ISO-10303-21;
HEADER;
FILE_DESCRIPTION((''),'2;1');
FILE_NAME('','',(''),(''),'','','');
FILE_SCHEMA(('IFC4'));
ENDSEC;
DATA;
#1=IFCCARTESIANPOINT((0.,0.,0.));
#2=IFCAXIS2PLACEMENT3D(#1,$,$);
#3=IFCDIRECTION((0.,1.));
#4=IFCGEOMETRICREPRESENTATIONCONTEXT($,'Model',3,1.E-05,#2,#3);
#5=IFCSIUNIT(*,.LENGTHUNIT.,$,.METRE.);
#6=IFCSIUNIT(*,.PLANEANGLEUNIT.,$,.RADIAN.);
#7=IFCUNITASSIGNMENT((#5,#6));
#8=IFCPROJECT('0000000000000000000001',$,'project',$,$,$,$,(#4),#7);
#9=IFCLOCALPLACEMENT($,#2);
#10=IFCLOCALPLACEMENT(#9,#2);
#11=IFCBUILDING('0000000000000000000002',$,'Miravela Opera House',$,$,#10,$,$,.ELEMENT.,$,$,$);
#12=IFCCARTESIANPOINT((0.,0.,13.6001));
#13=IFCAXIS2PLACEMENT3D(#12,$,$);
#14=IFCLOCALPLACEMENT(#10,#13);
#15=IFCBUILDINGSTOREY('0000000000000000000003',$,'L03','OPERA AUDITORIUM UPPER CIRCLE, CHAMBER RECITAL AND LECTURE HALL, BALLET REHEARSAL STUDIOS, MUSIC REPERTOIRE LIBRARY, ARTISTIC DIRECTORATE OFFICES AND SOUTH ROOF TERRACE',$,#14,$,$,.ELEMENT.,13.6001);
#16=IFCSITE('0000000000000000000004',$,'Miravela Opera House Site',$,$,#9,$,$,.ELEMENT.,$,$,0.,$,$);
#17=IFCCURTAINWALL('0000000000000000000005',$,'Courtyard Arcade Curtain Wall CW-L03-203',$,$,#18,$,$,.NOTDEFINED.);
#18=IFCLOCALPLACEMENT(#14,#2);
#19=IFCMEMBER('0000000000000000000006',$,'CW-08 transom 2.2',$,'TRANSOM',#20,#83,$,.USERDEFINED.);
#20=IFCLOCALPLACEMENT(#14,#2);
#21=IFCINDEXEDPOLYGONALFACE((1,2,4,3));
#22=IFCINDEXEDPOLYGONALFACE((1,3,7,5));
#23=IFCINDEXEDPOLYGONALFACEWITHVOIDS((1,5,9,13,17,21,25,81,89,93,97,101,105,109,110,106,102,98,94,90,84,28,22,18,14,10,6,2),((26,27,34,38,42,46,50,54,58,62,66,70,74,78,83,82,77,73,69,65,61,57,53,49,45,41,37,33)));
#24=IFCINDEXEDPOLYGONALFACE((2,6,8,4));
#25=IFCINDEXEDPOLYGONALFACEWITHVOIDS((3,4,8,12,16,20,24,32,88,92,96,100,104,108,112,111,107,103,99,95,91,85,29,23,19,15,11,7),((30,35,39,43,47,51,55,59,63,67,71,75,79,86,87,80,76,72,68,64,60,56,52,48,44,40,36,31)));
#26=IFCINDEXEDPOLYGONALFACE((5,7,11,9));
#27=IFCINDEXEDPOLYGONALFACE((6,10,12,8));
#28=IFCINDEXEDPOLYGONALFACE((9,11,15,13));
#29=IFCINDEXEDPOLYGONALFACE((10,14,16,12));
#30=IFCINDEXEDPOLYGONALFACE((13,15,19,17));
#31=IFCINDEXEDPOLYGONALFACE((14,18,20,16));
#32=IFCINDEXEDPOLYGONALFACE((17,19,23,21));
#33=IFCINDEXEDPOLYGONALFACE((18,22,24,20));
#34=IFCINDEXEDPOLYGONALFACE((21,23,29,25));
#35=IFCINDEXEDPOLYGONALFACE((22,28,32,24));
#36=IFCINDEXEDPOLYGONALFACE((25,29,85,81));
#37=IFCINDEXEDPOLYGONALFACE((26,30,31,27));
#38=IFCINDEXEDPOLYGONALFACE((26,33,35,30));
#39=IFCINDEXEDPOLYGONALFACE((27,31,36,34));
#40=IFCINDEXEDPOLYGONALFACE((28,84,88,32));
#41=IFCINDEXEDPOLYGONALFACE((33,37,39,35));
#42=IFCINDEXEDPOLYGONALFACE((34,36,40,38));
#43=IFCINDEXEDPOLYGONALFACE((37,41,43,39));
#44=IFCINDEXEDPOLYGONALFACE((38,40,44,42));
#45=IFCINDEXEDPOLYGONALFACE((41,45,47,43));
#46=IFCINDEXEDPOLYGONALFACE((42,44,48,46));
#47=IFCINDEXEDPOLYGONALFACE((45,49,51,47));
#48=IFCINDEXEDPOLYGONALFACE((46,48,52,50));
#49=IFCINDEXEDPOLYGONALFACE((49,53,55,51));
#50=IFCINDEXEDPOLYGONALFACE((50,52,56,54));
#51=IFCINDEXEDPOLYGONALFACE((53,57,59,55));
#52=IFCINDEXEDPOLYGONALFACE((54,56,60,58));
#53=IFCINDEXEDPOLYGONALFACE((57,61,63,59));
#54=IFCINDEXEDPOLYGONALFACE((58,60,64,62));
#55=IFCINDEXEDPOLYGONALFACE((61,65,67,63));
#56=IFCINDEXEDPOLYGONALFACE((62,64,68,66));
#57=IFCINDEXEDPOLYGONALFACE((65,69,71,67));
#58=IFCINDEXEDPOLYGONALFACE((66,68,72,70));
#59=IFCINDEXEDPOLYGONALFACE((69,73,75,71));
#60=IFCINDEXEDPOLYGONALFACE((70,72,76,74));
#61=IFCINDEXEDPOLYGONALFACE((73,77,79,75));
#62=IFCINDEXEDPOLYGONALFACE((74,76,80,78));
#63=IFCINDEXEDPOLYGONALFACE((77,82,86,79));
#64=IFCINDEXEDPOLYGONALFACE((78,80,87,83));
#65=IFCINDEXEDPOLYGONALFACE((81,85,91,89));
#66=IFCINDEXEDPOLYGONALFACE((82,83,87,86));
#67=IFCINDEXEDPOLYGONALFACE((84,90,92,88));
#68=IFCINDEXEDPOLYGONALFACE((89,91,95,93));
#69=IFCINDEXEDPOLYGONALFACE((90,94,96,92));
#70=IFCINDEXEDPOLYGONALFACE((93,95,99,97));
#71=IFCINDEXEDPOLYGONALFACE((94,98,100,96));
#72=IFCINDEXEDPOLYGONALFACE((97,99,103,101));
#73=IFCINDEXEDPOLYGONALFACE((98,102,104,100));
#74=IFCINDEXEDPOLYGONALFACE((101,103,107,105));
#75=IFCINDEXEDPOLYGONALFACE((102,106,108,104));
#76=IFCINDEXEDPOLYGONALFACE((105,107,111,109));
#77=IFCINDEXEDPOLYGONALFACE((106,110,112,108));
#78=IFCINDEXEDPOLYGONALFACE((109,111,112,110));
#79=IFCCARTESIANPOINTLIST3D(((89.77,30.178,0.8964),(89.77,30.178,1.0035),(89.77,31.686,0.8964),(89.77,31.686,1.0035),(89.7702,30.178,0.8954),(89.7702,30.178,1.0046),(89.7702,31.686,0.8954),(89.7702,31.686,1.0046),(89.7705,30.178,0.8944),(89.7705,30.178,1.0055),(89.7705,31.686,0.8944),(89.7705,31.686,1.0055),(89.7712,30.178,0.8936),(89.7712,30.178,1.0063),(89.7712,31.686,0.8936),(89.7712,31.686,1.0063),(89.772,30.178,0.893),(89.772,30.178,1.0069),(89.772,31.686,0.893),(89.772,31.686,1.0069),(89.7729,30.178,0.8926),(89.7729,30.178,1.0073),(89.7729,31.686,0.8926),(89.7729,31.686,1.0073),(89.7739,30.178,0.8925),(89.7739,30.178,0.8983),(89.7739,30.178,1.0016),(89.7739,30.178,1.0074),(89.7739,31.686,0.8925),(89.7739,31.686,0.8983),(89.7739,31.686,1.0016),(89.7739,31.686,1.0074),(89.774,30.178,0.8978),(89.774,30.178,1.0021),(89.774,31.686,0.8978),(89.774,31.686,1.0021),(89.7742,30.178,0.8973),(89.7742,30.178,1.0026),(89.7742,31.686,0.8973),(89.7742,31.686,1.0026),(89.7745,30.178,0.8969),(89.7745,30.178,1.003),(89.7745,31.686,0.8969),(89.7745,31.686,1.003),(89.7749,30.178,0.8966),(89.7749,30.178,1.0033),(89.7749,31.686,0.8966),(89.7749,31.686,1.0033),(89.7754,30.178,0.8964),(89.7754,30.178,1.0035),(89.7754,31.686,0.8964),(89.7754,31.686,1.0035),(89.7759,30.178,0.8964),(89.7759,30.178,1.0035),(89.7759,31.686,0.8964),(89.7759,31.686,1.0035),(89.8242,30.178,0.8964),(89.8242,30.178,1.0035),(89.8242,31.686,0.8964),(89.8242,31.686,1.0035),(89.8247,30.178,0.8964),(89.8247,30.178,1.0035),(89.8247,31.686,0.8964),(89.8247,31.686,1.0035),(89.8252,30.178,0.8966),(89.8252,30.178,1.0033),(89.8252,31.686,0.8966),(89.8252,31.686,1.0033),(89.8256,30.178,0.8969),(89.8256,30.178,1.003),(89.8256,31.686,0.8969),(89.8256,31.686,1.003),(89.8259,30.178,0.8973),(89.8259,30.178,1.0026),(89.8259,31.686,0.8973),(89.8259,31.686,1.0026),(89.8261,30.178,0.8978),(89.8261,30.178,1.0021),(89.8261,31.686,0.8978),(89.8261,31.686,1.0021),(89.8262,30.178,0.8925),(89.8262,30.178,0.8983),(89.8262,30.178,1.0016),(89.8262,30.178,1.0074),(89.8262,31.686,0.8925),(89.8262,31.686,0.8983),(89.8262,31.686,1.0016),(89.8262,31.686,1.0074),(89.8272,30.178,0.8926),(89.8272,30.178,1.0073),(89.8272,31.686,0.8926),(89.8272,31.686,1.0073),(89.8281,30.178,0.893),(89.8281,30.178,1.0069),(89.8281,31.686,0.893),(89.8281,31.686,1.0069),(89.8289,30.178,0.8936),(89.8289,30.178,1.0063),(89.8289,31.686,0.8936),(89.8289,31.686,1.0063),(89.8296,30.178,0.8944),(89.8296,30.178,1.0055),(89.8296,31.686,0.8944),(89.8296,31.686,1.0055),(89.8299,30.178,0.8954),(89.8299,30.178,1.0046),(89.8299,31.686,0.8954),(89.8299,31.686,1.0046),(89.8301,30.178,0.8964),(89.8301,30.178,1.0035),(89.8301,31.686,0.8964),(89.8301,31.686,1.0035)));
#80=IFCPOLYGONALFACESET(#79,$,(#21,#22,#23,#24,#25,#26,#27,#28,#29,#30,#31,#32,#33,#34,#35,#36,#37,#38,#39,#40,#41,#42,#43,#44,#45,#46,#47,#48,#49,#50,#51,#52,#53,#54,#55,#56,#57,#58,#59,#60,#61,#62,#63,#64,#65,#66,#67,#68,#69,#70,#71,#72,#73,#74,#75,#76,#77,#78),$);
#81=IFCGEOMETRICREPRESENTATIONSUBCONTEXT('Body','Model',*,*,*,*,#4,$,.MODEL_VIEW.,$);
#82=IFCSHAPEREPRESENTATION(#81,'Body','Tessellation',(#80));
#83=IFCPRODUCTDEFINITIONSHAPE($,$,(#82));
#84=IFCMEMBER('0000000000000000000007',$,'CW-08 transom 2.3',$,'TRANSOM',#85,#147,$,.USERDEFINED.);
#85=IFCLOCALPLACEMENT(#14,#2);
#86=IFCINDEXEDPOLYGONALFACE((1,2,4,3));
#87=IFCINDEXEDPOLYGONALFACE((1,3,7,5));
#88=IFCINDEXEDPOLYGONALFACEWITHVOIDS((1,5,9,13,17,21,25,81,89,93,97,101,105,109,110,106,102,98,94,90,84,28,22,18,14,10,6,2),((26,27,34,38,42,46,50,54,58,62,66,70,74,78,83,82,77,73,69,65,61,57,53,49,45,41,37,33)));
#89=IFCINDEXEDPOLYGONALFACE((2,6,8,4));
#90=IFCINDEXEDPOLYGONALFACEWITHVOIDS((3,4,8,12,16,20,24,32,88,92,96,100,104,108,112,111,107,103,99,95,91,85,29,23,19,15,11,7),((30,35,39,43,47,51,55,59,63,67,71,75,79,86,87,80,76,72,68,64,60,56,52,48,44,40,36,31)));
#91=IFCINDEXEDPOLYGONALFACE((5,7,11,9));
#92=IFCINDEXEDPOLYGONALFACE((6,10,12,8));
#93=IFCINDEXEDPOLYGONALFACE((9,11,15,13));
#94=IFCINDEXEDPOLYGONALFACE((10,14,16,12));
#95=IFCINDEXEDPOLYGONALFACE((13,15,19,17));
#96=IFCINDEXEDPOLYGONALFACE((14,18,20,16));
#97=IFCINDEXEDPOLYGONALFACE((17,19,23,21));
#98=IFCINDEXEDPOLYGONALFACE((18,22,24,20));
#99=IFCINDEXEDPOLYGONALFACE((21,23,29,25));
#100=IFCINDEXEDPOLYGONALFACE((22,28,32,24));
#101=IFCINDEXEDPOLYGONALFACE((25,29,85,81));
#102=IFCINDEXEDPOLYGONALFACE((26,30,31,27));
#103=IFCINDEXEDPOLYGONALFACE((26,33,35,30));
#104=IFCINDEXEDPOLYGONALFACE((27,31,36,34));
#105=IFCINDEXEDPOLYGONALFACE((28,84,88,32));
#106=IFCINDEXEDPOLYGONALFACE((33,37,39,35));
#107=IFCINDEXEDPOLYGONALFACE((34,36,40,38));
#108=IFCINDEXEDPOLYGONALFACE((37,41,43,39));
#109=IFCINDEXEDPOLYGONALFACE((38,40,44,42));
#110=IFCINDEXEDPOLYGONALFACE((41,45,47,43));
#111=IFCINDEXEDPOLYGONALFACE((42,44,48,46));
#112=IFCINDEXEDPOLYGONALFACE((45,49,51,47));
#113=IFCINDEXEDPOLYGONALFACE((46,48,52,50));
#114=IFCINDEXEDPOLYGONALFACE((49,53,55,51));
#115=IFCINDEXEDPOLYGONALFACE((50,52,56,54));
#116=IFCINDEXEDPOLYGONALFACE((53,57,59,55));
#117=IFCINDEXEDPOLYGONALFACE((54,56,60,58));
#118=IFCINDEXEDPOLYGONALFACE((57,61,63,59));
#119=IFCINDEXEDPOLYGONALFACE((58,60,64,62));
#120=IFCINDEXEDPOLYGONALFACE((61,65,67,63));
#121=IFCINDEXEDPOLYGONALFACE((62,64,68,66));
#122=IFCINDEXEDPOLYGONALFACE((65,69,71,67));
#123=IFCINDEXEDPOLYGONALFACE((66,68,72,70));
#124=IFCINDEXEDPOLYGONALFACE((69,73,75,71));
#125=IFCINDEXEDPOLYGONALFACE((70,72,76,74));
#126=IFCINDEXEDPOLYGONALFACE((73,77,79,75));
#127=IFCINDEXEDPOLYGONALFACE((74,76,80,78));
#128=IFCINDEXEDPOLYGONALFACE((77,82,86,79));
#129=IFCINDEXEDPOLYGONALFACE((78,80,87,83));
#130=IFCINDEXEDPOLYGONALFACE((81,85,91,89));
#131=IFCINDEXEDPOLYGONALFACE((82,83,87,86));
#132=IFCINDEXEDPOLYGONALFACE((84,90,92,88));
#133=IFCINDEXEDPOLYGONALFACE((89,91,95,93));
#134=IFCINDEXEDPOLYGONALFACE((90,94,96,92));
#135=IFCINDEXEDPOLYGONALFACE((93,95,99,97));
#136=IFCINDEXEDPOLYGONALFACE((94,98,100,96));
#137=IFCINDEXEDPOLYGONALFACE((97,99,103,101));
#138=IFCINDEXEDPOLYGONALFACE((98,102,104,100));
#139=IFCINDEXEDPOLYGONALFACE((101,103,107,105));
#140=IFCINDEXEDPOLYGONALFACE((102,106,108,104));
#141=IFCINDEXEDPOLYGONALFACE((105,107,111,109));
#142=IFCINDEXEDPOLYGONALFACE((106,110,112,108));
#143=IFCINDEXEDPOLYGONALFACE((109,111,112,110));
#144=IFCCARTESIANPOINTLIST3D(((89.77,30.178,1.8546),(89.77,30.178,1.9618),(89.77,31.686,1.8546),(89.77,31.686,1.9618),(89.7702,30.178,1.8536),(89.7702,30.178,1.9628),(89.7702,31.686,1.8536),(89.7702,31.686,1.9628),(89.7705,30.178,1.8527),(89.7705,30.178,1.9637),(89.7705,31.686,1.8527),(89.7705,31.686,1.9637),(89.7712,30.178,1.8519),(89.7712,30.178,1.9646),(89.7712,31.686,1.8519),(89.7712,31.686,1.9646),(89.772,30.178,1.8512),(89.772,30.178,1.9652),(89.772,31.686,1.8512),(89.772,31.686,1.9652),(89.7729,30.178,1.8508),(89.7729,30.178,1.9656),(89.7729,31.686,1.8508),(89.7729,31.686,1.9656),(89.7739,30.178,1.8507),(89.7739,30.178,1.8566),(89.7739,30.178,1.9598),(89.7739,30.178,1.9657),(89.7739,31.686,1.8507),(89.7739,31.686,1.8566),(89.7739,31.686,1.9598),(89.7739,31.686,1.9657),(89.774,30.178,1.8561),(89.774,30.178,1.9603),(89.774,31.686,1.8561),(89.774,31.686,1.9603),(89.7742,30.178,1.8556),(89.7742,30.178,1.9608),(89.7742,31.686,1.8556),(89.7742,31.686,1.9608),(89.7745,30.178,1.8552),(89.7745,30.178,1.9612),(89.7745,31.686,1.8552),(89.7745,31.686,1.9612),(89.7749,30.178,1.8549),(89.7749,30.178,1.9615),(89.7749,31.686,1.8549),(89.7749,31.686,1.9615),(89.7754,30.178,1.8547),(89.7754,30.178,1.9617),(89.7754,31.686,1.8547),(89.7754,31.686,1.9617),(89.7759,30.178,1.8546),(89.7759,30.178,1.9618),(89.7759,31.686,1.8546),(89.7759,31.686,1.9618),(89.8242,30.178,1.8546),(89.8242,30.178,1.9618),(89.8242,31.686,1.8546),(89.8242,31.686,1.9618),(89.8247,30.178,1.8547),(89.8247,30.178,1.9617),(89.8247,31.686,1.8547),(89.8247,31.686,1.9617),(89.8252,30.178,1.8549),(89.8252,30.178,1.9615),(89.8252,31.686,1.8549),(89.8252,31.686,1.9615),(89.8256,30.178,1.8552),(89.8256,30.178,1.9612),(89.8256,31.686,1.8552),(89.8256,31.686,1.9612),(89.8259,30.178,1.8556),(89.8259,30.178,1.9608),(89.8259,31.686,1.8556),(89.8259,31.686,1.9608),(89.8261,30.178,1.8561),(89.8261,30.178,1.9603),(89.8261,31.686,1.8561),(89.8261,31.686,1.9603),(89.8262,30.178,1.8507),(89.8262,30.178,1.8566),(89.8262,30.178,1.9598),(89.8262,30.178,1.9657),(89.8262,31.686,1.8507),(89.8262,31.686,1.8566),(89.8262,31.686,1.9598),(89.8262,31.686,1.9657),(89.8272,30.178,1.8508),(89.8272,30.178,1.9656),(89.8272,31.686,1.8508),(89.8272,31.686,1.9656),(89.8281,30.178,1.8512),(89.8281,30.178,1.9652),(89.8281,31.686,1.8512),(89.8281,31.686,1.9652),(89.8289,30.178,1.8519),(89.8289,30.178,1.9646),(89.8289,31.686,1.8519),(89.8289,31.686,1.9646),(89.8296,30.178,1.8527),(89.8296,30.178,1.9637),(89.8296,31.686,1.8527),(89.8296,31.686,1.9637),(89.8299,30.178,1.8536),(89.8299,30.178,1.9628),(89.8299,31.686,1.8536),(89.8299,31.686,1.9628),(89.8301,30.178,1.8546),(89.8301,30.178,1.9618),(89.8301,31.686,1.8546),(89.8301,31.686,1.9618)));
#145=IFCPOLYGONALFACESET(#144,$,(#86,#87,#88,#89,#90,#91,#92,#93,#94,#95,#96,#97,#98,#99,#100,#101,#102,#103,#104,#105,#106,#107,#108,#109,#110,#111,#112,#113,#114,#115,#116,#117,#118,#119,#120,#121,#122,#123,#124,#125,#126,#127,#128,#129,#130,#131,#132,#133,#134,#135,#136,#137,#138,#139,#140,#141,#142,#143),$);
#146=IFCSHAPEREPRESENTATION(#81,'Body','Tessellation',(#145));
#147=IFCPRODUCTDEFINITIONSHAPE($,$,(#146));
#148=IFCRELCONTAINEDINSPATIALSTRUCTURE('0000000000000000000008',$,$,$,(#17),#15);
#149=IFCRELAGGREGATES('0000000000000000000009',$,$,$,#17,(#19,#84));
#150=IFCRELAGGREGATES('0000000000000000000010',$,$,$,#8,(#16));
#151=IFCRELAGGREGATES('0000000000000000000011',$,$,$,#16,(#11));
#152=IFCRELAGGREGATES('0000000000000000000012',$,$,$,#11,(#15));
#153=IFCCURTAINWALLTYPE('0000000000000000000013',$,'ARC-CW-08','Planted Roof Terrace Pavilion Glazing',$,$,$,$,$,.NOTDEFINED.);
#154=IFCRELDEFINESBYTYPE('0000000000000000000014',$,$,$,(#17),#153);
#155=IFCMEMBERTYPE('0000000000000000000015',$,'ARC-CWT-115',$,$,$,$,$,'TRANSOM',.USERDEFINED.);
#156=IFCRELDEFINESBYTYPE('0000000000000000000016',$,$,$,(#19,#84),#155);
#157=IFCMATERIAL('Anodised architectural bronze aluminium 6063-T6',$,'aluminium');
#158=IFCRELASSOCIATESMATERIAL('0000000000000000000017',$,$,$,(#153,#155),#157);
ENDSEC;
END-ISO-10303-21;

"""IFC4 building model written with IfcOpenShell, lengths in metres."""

from ifc_helpers import new_model, si_unit, direction, frame, origin, origin_2d, place, context, subcontext, project, spatial, hollow_rectangle, extrude, material, material_profile, profile_set, type_object, element, aggregate, save


model = new_model("IFC4")

# Units and contexts
model_context = context("Model", 3, precision=1e-05, world=origin(), true_north=direction((0.0, 1.0)))
body_context = subcontext(model_context, "Body", "Model", "MODEL_VIEW")
ifc_project = project(units=[si_unit("LENGTHUNIT", "METRE"), si_unit("PLANEANGLEUNIT", "RADIAN")], contexts=[model_context])

# Site, building, storey
site_placement = place(None, origin())
site = spatial("IfcSite", under=ifc_project, at=site_placement, Name="Miravela Opera House Site", CompositionType="ELEMENT", RefElevation=0.0)
building_placement = place(site_placement, origin())
building = spatial("IfcBuilding", under=site, at=building_placement, Name="Miravela Opera House", CompositionType="ELEMENT")
storey_placement = place(building_placement, frame((0.0, 0.0, 13.6001)))
storey = spatial("IfcBuildingStorey", under=building, at=storey_placement, Name="L03", Description="OPERA AUDITORIUM UPPER CIRCLE, CHAMBER RECITAL AND LECTURE HALL, BALLET REHEARSAL STUDIOS, MUSIC REPERTOIRE LIBRARY, ARTISTIC DIRECTORATE OFFICES AND SOUTH ROOF TERRACE", CompositionType="ELEMENT", Elevation=13.6001)

# Curtain wall, members
ifc_material_1 = material(Name="Anodised architectural bronze aluminium 6063-T6", Category="aluminium")
curtain_wall_type = type_object("IfcCurtainWallType", Name="ARC-CW-08", Description="Planted Roof Terrace Pavilion Glazing", PredefinedType="NOTDEFINED", material=ifc_material_1)
curtain_wall_placement = place(storey_placement, origin())
curtain_wall = element("IfcCurtainWall", 1, at=curtain_wall_placement, inside=storey, type_object=curtain_wall_type, Name="Courtyard Arcade Curtain Wall CW-L03-203", PredefinedType="NOTDEFINED")
ifc_material_profile_1 = material_profile(ifc_material_1, hollow_rectangle(XDim=0.0601, YDim=0.115, WallThickness=0.0039, InnerFilletRadius=0.002, OuterFilletRadius=0.0039, at=origin_2d()), Name="CWT-60X115")
ifc_profile_set_1 = profile_set([ifc_material_profile_1])
member_type_1 = type_object("IfcMemberType", Name="ARC-CWT-115", ElementType="TRANSOM", PredefinedType="USERDEFINED", material=ifc_profile_set_1)
member_1_placement = place(storey_placement, frame((89.8, 30.178, 0.95), z_axis=(0.0, 1.0, 0.0), x_axis=(-1.0, 0.0, 0.0)))
member_1 = element("IfcMember", 2, at=member_1_placement, type_object=member_type_1, Name="CW-08 transom 2.2", ObjectType="TRANSOM", PredefinedType="USERDEFINED", context=body_context, shape_type="SweptSolid", body=[
    extrude(hollow_rectangle(XDim=0.0601, YDim=0.115, WallThickness=0.0039, InnerFilletRadius=0.002, OuterFilletRadius=0.0039, at=origin_2d()), origin(), (0.0, 0.0, 1.0), 1.5081),
])
member_2_placement = place(storey_placement, frame((89.8, 30.178, 1.9082), z_axis=(0.0, 1.0, 0.0), x_axis=(-1.0, 0.0, 0.0)))
member_2 = element("IfcMember", 3, at=member_2_placement, type_object=member_type_1, Name="CW-08 transom 2.3", ObjectType="TRANSOM", PredefinedType="USERDEFINED", context=body_context, shape_type="SweptSolid", body=[
    extrude(hollow_rectangle(XDim=0.0601, YDim=0.115, WallThickness=0.0039, InnerFilletRadius=0.002, OuterFilletRadius=0.0039, at=origin_2d()), origin(), (0.0, 0.0, 1.0), 1.5081),
])
aggregate(curtain_wall, [member_1, member_2])

save(model, "model.ifc")
